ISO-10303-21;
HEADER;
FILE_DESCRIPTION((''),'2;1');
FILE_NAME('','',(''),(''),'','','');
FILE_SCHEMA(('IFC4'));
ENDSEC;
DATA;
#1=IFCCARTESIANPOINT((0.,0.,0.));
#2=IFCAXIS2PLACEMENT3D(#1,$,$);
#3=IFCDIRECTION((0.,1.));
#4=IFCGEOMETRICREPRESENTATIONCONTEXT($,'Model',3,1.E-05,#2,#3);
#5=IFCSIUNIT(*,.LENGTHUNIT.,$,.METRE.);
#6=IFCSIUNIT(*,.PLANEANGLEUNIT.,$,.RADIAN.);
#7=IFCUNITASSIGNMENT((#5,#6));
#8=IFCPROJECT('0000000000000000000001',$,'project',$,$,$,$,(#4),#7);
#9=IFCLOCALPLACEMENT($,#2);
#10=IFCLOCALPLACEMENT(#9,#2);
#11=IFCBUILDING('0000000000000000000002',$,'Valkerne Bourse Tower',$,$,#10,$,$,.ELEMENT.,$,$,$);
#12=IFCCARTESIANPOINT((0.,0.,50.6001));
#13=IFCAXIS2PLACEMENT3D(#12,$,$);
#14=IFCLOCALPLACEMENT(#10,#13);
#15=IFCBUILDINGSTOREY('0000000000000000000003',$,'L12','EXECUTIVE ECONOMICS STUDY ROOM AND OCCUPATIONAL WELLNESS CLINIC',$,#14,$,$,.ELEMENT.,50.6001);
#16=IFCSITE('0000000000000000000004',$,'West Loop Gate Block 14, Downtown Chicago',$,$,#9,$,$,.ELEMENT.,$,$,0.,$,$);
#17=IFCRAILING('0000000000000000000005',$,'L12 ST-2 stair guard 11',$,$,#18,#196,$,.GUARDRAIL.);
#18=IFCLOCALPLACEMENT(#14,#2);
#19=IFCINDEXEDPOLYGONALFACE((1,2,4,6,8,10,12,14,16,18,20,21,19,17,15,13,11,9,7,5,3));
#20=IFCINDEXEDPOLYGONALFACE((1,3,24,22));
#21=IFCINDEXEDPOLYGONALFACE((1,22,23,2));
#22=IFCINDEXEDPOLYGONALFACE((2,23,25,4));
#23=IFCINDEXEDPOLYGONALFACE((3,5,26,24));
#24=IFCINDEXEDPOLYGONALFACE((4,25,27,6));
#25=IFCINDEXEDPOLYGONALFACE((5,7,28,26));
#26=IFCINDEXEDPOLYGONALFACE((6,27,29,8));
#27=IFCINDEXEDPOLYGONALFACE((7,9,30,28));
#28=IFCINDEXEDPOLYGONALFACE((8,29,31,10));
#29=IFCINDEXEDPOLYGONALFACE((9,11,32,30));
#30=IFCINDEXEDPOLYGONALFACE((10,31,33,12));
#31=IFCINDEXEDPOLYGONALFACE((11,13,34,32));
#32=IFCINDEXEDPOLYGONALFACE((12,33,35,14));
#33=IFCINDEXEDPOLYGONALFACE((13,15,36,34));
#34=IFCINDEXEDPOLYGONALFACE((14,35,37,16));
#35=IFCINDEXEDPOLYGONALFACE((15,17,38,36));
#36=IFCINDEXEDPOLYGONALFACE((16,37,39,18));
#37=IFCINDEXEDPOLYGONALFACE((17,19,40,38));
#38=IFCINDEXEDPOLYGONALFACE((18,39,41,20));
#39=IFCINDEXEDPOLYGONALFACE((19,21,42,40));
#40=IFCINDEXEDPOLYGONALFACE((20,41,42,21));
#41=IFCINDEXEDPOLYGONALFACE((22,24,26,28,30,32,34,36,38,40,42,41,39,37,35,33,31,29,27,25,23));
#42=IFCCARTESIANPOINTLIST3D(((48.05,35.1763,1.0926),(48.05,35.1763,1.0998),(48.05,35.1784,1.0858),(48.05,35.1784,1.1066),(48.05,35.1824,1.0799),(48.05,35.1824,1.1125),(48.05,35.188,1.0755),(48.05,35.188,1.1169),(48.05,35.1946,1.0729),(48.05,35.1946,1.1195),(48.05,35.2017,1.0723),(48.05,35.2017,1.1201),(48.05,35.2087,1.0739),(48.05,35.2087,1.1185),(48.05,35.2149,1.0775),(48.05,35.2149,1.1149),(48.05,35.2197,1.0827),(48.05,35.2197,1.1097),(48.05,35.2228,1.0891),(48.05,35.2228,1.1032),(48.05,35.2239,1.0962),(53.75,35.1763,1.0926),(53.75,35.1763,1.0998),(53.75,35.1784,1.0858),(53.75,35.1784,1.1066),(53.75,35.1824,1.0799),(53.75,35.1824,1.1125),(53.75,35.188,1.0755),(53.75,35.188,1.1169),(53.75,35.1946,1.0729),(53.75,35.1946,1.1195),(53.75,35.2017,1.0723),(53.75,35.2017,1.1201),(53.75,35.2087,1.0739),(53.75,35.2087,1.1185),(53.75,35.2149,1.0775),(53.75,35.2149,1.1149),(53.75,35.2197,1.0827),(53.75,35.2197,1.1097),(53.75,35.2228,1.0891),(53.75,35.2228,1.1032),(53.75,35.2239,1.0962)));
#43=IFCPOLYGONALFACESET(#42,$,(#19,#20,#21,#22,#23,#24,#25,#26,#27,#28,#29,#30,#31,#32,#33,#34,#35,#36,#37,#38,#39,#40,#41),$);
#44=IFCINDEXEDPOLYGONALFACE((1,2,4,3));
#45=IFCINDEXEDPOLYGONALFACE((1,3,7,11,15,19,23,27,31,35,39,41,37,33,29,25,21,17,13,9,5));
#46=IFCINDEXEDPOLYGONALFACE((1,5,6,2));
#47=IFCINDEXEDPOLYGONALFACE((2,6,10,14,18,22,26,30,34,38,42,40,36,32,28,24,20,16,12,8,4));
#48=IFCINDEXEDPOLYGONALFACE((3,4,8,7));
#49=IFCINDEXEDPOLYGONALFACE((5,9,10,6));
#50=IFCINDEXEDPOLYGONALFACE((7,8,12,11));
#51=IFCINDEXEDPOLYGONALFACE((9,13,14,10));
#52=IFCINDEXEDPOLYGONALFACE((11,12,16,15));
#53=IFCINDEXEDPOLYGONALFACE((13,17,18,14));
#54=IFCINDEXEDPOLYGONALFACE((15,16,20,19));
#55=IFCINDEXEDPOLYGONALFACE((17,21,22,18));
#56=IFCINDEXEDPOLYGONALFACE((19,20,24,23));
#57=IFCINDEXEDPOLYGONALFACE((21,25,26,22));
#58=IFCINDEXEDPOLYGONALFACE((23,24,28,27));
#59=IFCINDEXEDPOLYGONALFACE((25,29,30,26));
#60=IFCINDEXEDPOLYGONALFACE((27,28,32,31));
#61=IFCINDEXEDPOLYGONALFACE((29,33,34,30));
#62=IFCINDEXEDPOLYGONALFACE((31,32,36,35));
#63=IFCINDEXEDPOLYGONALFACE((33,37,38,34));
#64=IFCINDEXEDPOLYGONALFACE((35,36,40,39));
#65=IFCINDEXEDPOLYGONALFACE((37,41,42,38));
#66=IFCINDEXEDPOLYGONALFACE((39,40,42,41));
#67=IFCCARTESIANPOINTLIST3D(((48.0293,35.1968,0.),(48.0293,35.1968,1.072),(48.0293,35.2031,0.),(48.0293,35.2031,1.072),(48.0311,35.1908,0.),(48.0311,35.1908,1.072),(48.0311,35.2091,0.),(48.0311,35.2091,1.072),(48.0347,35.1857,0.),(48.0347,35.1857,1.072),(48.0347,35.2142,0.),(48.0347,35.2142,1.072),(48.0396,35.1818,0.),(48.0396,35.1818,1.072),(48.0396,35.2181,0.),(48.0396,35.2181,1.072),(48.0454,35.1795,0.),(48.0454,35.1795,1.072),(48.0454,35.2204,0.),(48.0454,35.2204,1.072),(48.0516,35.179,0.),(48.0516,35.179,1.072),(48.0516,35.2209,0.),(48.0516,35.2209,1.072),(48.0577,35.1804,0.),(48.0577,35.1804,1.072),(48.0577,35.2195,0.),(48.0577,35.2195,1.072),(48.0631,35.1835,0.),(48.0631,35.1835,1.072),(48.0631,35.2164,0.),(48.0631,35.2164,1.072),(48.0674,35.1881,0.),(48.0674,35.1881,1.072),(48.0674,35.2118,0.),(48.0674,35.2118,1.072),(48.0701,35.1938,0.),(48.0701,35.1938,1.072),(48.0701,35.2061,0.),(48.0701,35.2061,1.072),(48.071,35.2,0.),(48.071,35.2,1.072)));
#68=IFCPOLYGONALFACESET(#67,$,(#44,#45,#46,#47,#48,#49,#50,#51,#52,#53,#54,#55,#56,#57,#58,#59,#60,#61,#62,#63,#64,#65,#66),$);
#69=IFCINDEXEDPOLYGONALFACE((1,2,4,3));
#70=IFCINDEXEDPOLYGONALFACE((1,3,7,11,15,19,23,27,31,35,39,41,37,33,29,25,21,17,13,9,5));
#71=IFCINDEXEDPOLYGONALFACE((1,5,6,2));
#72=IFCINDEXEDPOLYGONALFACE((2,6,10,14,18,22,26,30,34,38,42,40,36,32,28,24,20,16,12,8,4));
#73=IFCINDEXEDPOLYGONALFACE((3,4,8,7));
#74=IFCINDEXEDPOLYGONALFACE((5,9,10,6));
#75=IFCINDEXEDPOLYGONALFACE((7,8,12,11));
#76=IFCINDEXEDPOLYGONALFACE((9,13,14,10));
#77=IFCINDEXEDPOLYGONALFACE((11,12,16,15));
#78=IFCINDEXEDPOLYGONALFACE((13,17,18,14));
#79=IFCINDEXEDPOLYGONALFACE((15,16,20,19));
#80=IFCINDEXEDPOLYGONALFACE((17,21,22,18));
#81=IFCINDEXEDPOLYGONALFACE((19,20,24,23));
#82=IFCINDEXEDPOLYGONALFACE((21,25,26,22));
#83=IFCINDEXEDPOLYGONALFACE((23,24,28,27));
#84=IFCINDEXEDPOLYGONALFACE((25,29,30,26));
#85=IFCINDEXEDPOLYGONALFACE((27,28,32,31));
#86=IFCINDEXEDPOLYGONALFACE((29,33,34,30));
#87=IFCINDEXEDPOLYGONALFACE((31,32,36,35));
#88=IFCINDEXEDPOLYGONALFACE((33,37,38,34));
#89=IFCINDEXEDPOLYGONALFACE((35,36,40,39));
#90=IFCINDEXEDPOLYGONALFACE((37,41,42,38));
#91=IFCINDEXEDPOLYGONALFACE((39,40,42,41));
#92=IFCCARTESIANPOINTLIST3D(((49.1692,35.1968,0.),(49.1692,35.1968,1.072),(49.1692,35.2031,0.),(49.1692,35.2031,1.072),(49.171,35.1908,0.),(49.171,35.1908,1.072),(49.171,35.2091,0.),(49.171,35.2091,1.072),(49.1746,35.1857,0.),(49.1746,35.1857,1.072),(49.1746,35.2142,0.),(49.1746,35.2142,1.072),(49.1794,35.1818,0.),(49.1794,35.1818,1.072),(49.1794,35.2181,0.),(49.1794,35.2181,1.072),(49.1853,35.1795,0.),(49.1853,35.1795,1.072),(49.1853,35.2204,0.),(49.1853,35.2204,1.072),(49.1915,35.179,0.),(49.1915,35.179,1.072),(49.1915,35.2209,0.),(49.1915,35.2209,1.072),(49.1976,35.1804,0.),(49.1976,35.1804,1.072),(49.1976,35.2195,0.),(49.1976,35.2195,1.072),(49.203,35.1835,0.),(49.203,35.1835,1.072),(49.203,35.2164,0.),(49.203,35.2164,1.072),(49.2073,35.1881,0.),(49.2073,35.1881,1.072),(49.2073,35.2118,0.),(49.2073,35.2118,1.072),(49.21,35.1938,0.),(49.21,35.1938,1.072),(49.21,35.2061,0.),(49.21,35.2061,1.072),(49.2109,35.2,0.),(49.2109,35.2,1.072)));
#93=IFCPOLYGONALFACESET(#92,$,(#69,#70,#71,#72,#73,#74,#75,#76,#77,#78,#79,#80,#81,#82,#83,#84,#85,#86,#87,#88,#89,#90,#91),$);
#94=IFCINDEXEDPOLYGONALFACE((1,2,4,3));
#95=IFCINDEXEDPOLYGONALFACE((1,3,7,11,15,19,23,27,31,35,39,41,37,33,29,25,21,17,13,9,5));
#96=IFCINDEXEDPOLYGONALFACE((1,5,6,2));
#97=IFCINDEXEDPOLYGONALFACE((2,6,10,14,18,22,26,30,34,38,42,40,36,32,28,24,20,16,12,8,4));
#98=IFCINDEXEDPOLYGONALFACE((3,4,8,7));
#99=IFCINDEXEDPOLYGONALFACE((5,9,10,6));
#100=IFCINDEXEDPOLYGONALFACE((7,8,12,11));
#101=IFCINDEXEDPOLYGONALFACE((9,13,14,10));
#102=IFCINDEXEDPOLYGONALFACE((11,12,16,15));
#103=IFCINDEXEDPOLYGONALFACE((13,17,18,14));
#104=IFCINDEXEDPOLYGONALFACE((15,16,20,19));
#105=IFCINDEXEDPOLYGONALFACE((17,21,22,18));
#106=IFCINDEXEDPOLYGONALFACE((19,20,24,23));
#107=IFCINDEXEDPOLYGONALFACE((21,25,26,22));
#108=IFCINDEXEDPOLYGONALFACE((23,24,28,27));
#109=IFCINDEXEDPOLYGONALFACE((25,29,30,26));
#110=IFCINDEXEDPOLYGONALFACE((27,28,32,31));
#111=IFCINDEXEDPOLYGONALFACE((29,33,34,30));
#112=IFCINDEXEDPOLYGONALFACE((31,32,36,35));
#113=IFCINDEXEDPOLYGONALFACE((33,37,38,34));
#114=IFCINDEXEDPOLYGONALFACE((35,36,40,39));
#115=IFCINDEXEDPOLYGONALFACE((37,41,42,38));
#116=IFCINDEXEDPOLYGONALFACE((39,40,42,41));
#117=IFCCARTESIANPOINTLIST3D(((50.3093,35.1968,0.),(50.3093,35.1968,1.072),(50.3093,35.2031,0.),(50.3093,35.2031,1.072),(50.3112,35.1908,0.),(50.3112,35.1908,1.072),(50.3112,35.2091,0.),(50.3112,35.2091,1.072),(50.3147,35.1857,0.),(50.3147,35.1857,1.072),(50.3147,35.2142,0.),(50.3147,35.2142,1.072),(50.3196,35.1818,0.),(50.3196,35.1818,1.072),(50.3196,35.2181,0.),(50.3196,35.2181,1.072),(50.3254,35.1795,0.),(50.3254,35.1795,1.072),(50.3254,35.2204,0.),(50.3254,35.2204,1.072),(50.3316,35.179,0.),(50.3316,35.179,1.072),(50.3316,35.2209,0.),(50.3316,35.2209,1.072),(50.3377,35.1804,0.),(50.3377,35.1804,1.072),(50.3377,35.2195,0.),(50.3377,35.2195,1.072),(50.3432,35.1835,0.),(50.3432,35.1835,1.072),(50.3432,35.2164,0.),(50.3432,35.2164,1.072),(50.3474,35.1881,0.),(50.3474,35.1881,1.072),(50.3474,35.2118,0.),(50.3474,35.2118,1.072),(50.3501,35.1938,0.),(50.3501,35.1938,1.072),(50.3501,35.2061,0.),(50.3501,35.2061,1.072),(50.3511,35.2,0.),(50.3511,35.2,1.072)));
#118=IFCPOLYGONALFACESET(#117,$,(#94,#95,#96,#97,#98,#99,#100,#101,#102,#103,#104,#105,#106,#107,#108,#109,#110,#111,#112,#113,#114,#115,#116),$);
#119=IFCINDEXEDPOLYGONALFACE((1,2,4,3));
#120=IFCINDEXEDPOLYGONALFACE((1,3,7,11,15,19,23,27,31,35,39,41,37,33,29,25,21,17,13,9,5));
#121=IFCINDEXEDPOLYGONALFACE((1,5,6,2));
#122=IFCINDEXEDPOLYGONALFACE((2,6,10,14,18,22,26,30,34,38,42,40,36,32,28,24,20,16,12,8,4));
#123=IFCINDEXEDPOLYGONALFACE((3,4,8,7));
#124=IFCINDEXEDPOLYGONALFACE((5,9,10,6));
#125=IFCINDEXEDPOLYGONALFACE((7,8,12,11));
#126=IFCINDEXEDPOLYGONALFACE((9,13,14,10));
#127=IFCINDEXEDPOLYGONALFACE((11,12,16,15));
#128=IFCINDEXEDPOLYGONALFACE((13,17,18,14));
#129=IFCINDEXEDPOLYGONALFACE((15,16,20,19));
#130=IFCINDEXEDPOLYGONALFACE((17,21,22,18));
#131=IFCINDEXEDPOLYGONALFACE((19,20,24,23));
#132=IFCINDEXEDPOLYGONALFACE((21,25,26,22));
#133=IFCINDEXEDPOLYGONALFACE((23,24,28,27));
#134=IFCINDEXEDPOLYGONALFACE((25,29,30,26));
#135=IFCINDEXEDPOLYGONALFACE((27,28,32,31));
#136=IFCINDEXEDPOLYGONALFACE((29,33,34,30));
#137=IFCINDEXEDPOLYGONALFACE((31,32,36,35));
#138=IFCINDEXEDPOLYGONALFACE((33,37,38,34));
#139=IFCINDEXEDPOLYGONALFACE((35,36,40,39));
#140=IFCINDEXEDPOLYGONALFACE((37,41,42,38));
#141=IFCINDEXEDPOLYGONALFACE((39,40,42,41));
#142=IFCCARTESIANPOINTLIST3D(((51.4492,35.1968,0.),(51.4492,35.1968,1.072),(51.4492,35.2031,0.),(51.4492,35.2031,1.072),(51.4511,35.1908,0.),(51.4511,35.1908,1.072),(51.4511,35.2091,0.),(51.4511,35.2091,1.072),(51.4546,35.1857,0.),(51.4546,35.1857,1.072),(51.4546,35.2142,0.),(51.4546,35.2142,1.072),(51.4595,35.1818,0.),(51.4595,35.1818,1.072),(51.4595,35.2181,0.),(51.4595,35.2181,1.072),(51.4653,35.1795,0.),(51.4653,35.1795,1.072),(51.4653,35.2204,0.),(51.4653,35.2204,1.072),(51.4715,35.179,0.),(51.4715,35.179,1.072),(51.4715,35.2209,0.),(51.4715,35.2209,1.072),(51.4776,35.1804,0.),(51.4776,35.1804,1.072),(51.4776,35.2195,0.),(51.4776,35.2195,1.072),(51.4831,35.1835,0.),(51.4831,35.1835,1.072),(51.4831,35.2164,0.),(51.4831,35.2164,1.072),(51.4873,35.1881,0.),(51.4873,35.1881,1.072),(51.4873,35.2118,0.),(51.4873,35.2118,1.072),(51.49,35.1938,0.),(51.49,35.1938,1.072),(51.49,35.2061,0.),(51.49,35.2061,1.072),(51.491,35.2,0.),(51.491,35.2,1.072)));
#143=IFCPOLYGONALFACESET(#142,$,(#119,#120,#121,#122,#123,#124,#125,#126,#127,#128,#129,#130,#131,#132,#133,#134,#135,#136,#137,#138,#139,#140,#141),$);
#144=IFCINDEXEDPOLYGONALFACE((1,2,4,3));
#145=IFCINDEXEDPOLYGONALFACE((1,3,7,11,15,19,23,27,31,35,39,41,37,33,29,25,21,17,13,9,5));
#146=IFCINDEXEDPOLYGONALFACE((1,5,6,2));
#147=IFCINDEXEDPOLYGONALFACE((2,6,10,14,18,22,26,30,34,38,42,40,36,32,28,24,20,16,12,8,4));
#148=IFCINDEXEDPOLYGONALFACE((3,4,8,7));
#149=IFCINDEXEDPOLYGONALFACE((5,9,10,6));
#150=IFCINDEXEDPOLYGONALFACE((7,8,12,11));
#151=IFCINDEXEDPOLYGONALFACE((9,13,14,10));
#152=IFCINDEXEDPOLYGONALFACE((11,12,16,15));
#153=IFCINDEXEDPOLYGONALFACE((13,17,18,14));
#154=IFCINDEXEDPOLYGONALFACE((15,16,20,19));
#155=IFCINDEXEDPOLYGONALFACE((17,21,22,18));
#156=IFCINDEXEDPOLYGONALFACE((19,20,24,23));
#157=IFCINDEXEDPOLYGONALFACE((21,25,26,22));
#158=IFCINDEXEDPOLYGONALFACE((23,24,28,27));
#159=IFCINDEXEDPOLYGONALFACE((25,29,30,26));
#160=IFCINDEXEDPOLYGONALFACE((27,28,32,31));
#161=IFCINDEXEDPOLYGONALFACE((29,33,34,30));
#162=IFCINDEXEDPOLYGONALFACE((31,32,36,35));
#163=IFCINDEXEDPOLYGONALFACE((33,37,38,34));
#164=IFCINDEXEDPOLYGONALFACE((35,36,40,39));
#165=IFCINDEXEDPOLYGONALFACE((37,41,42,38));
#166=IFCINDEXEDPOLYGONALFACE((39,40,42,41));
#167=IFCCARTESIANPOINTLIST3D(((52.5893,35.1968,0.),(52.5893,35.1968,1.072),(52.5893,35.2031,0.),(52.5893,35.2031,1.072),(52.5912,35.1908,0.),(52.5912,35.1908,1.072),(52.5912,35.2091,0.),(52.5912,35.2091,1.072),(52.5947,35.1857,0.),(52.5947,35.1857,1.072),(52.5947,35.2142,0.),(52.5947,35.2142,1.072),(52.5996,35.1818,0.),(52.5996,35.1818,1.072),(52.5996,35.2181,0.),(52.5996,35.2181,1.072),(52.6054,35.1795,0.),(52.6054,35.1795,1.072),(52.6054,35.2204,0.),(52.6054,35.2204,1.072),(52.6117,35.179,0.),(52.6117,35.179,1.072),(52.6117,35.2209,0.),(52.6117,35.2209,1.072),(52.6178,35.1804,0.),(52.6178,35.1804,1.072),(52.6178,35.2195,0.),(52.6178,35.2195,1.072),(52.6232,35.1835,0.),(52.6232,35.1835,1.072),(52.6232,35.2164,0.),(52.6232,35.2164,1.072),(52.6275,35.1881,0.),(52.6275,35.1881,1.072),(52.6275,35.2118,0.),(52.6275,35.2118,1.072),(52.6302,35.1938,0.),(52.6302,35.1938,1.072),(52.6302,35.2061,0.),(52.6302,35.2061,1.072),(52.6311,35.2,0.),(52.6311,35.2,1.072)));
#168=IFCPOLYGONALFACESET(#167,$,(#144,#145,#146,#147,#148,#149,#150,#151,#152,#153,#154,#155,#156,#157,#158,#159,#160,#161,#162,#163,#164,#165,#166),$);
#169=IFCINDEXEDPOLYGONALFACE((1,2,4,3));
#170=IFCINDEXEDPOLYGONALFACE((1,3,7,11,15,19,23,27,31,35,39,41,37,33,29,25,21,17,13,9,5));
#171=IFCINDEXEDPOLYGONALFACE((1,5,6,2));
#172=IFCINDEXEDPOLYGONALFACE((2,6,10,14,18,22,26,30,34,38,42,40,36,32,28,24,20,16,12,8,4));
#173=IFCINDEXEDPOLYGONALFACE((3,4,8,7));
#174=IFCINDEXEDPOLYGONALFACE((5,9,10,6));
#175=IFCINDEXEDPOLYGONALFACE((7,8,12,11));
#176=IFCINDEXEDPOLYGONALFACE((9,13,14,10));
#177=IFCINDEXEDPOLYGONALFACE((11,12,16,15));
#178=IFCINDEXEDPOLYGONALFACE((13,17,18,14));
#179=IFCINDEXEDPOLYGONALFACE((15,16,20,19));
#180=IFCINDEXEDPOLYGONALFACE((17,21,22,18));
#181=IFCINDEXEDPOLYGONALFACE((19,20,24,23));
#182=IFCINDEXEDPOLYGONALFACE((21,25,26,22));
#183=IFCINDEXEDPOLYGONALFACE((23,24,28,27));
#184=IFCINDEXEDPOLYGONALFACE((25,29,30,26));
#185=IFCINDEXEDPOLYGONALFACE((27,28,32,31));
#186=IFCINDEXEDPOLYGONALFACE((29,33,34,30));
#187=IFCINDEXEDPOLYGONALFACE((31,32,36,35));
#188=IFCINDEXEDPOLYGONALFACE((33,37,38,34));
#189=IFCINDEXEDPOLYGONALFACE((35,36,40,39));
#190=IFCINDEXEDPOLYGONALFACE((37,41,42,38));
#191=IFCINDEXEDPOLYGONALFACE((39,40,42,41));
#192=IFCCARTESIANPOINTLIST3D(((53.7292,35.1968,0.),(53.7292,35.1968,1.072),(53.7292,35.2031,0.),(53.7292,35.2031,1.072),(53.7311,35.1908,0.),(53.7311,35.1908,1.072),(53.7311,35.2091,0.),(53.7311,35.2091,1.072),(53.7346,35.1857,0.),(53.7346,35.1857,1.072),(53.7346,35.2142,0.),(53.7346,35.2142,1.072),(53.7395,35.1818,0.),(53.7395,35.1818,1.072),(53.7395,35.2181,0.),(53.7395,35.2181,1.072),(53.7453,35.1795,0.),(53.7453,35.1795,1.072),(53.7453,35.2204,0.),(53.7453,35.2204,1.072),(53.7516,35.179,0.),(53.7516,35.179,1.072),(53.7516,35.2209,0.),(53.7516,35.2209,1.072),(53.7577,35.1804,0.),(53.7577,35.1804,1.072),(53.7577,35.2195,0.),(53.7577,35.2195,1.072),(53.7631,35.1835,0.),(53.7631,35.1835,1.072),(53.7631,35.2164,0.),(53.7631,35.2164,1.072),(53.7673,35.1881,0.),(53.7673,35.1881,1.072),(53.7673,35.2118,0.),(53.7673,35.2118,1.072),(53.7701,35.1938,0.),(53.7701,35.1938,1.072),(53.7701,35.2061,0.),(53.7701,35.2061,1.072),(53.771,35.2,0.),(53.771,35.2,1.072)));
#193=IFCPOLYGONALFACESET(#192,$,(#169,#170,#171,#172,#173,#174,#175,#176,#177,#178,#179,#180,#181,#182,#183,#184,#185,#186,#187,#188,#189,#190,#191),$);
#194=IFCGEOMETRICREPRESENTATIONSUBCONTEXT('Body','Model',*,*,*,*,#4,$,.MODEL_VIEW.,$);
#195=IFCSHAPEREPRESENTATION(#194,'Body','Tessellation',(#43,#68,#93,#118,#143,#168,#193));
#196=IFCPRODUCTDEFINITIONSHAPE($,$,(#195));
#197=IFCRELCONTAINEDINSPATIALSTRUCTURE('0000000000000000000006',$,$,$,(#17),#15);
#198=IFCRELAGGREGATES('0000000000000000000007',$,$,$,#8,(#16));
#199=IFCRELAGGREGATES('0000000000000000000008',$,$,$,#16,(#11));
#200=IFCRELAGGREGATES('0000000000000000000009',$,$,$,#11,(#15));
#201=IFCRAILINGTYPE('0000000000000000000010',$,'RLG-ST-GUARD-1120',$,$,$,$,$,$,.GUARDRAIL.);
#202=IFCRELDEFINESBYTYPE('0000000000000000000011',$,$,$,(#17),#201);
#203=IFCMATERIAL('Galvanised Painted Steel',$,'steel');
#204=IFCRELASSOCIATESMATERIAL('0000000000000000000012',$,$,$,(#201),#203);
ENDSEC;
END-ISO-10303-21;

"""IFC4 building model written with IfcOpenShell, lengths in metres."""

from ifc_helpers import new_model, si_unit, direction, frame, origin, origin_2d, place, context, subcontext, project, spatial, circle, extrude, material, type_object, element, save


model = new_model("IFC4")

# Units and contexts
model_context = context("Model", 3, precision=1e-05, world=origin(), true_north=direction((0.0, 1.0)))
body_context = subcontext(model_context, "Body", "Model", "MODEL_VIEW")
ifc_project = project(units=[si_unit("LENGTHUNIT", "METRE"), si_unit("PLANEANGLEUNIT", "RADIAN")], contexts=[model_context])

# Site, building, storey
site_placement = place(None, origin())
site = spatial("IfcSite", under=ifc_project, at=site_placement, Name="West Loop Gate Block 14, Downtown Chicago", CompositionType="ELEMENT", RefElevation=0.0)
building_placement = place(site_placement, origin())
building = spatial("IfcBuilding", under=site, at=building_placement, Name="Valkerne Bourse Tower", CompositionType="ELEMENT")
storey_placement = place(building_placement, frame((0.0, 0.0, 50.6001)))
storey = spatial("IfcBuildingStorey", under=building, at=storey_placement, Name="L12", Description="EXECUTIVE ECONOMICS STUDY ROOM AND OCCUPATIONAL WELLNESS CLINIC", CompositionType="ELEMENT", Elevation=50.6001)

# Shared definitions
ifc_material_1 = material(Name="Galvanised Painted Steel", Category="steel")

# Railing
railing_type_1 = type_object("IfcRailingType", Name="RLG-ST-GUARD-1120", PredefinedType="GUARDRAIL", material=ifc_material_1)
for number, where, name in (
    (1, (48.05, 35.2, 0.0), "L12 ST-2 stair guard 11"),
):
    element("IfcRailing", number, at=place(storey_placement, frame(where)), inside=storey, type_object=railing_type_1, Name=name, PredefinedType="GUARDRAIL", context=body_context, shape_type="SweptSolid", body=[
        extrude(circle(Radius=0.0239, at=origin_2d()), frame((0.0, 0.0, 1.0962), z_axis=(1.0, 0.0, 0.0), x_axis=(0.0, 1.0, 0.0)), (0.0, 0.0, 1.0), 5.7),
        extrude(circle(Radius=0.021, at=origin_2d()), origin(), (0.0, 0.0, 1.0), 1.072),
        extrude(circle(Radius=0.021, at=origin_2d()), frame((1.1399, 0.0, 0.0)), (0.0, 0.0, 1.0), 1.072),
        extrude(circle(Radius=0.021, at=origin_2d()), frame((2.28, 0.0, 0.0)), (0.0, 0.0, 1.0), 1.072),
        extrude(circle(Radius=0.021, at=origin_2d()), frame((3.4199, 0.0, 0.0)), (0.0, 0.0, 1.0), 1.072),
        extrude(circle(Radius=0.021, at=origin_2d()), frame((4.5601, 0.0, 0.0)), (0.0, 0.0, 1.0), 1.072),
        extrude(circle(Radius=0.021, at=origin_2d()), frame((5.7, 0.0, 0.0)), (0.0, 0.0, 1.0), 1.072),
    ])

save(model, "model.ifc")
